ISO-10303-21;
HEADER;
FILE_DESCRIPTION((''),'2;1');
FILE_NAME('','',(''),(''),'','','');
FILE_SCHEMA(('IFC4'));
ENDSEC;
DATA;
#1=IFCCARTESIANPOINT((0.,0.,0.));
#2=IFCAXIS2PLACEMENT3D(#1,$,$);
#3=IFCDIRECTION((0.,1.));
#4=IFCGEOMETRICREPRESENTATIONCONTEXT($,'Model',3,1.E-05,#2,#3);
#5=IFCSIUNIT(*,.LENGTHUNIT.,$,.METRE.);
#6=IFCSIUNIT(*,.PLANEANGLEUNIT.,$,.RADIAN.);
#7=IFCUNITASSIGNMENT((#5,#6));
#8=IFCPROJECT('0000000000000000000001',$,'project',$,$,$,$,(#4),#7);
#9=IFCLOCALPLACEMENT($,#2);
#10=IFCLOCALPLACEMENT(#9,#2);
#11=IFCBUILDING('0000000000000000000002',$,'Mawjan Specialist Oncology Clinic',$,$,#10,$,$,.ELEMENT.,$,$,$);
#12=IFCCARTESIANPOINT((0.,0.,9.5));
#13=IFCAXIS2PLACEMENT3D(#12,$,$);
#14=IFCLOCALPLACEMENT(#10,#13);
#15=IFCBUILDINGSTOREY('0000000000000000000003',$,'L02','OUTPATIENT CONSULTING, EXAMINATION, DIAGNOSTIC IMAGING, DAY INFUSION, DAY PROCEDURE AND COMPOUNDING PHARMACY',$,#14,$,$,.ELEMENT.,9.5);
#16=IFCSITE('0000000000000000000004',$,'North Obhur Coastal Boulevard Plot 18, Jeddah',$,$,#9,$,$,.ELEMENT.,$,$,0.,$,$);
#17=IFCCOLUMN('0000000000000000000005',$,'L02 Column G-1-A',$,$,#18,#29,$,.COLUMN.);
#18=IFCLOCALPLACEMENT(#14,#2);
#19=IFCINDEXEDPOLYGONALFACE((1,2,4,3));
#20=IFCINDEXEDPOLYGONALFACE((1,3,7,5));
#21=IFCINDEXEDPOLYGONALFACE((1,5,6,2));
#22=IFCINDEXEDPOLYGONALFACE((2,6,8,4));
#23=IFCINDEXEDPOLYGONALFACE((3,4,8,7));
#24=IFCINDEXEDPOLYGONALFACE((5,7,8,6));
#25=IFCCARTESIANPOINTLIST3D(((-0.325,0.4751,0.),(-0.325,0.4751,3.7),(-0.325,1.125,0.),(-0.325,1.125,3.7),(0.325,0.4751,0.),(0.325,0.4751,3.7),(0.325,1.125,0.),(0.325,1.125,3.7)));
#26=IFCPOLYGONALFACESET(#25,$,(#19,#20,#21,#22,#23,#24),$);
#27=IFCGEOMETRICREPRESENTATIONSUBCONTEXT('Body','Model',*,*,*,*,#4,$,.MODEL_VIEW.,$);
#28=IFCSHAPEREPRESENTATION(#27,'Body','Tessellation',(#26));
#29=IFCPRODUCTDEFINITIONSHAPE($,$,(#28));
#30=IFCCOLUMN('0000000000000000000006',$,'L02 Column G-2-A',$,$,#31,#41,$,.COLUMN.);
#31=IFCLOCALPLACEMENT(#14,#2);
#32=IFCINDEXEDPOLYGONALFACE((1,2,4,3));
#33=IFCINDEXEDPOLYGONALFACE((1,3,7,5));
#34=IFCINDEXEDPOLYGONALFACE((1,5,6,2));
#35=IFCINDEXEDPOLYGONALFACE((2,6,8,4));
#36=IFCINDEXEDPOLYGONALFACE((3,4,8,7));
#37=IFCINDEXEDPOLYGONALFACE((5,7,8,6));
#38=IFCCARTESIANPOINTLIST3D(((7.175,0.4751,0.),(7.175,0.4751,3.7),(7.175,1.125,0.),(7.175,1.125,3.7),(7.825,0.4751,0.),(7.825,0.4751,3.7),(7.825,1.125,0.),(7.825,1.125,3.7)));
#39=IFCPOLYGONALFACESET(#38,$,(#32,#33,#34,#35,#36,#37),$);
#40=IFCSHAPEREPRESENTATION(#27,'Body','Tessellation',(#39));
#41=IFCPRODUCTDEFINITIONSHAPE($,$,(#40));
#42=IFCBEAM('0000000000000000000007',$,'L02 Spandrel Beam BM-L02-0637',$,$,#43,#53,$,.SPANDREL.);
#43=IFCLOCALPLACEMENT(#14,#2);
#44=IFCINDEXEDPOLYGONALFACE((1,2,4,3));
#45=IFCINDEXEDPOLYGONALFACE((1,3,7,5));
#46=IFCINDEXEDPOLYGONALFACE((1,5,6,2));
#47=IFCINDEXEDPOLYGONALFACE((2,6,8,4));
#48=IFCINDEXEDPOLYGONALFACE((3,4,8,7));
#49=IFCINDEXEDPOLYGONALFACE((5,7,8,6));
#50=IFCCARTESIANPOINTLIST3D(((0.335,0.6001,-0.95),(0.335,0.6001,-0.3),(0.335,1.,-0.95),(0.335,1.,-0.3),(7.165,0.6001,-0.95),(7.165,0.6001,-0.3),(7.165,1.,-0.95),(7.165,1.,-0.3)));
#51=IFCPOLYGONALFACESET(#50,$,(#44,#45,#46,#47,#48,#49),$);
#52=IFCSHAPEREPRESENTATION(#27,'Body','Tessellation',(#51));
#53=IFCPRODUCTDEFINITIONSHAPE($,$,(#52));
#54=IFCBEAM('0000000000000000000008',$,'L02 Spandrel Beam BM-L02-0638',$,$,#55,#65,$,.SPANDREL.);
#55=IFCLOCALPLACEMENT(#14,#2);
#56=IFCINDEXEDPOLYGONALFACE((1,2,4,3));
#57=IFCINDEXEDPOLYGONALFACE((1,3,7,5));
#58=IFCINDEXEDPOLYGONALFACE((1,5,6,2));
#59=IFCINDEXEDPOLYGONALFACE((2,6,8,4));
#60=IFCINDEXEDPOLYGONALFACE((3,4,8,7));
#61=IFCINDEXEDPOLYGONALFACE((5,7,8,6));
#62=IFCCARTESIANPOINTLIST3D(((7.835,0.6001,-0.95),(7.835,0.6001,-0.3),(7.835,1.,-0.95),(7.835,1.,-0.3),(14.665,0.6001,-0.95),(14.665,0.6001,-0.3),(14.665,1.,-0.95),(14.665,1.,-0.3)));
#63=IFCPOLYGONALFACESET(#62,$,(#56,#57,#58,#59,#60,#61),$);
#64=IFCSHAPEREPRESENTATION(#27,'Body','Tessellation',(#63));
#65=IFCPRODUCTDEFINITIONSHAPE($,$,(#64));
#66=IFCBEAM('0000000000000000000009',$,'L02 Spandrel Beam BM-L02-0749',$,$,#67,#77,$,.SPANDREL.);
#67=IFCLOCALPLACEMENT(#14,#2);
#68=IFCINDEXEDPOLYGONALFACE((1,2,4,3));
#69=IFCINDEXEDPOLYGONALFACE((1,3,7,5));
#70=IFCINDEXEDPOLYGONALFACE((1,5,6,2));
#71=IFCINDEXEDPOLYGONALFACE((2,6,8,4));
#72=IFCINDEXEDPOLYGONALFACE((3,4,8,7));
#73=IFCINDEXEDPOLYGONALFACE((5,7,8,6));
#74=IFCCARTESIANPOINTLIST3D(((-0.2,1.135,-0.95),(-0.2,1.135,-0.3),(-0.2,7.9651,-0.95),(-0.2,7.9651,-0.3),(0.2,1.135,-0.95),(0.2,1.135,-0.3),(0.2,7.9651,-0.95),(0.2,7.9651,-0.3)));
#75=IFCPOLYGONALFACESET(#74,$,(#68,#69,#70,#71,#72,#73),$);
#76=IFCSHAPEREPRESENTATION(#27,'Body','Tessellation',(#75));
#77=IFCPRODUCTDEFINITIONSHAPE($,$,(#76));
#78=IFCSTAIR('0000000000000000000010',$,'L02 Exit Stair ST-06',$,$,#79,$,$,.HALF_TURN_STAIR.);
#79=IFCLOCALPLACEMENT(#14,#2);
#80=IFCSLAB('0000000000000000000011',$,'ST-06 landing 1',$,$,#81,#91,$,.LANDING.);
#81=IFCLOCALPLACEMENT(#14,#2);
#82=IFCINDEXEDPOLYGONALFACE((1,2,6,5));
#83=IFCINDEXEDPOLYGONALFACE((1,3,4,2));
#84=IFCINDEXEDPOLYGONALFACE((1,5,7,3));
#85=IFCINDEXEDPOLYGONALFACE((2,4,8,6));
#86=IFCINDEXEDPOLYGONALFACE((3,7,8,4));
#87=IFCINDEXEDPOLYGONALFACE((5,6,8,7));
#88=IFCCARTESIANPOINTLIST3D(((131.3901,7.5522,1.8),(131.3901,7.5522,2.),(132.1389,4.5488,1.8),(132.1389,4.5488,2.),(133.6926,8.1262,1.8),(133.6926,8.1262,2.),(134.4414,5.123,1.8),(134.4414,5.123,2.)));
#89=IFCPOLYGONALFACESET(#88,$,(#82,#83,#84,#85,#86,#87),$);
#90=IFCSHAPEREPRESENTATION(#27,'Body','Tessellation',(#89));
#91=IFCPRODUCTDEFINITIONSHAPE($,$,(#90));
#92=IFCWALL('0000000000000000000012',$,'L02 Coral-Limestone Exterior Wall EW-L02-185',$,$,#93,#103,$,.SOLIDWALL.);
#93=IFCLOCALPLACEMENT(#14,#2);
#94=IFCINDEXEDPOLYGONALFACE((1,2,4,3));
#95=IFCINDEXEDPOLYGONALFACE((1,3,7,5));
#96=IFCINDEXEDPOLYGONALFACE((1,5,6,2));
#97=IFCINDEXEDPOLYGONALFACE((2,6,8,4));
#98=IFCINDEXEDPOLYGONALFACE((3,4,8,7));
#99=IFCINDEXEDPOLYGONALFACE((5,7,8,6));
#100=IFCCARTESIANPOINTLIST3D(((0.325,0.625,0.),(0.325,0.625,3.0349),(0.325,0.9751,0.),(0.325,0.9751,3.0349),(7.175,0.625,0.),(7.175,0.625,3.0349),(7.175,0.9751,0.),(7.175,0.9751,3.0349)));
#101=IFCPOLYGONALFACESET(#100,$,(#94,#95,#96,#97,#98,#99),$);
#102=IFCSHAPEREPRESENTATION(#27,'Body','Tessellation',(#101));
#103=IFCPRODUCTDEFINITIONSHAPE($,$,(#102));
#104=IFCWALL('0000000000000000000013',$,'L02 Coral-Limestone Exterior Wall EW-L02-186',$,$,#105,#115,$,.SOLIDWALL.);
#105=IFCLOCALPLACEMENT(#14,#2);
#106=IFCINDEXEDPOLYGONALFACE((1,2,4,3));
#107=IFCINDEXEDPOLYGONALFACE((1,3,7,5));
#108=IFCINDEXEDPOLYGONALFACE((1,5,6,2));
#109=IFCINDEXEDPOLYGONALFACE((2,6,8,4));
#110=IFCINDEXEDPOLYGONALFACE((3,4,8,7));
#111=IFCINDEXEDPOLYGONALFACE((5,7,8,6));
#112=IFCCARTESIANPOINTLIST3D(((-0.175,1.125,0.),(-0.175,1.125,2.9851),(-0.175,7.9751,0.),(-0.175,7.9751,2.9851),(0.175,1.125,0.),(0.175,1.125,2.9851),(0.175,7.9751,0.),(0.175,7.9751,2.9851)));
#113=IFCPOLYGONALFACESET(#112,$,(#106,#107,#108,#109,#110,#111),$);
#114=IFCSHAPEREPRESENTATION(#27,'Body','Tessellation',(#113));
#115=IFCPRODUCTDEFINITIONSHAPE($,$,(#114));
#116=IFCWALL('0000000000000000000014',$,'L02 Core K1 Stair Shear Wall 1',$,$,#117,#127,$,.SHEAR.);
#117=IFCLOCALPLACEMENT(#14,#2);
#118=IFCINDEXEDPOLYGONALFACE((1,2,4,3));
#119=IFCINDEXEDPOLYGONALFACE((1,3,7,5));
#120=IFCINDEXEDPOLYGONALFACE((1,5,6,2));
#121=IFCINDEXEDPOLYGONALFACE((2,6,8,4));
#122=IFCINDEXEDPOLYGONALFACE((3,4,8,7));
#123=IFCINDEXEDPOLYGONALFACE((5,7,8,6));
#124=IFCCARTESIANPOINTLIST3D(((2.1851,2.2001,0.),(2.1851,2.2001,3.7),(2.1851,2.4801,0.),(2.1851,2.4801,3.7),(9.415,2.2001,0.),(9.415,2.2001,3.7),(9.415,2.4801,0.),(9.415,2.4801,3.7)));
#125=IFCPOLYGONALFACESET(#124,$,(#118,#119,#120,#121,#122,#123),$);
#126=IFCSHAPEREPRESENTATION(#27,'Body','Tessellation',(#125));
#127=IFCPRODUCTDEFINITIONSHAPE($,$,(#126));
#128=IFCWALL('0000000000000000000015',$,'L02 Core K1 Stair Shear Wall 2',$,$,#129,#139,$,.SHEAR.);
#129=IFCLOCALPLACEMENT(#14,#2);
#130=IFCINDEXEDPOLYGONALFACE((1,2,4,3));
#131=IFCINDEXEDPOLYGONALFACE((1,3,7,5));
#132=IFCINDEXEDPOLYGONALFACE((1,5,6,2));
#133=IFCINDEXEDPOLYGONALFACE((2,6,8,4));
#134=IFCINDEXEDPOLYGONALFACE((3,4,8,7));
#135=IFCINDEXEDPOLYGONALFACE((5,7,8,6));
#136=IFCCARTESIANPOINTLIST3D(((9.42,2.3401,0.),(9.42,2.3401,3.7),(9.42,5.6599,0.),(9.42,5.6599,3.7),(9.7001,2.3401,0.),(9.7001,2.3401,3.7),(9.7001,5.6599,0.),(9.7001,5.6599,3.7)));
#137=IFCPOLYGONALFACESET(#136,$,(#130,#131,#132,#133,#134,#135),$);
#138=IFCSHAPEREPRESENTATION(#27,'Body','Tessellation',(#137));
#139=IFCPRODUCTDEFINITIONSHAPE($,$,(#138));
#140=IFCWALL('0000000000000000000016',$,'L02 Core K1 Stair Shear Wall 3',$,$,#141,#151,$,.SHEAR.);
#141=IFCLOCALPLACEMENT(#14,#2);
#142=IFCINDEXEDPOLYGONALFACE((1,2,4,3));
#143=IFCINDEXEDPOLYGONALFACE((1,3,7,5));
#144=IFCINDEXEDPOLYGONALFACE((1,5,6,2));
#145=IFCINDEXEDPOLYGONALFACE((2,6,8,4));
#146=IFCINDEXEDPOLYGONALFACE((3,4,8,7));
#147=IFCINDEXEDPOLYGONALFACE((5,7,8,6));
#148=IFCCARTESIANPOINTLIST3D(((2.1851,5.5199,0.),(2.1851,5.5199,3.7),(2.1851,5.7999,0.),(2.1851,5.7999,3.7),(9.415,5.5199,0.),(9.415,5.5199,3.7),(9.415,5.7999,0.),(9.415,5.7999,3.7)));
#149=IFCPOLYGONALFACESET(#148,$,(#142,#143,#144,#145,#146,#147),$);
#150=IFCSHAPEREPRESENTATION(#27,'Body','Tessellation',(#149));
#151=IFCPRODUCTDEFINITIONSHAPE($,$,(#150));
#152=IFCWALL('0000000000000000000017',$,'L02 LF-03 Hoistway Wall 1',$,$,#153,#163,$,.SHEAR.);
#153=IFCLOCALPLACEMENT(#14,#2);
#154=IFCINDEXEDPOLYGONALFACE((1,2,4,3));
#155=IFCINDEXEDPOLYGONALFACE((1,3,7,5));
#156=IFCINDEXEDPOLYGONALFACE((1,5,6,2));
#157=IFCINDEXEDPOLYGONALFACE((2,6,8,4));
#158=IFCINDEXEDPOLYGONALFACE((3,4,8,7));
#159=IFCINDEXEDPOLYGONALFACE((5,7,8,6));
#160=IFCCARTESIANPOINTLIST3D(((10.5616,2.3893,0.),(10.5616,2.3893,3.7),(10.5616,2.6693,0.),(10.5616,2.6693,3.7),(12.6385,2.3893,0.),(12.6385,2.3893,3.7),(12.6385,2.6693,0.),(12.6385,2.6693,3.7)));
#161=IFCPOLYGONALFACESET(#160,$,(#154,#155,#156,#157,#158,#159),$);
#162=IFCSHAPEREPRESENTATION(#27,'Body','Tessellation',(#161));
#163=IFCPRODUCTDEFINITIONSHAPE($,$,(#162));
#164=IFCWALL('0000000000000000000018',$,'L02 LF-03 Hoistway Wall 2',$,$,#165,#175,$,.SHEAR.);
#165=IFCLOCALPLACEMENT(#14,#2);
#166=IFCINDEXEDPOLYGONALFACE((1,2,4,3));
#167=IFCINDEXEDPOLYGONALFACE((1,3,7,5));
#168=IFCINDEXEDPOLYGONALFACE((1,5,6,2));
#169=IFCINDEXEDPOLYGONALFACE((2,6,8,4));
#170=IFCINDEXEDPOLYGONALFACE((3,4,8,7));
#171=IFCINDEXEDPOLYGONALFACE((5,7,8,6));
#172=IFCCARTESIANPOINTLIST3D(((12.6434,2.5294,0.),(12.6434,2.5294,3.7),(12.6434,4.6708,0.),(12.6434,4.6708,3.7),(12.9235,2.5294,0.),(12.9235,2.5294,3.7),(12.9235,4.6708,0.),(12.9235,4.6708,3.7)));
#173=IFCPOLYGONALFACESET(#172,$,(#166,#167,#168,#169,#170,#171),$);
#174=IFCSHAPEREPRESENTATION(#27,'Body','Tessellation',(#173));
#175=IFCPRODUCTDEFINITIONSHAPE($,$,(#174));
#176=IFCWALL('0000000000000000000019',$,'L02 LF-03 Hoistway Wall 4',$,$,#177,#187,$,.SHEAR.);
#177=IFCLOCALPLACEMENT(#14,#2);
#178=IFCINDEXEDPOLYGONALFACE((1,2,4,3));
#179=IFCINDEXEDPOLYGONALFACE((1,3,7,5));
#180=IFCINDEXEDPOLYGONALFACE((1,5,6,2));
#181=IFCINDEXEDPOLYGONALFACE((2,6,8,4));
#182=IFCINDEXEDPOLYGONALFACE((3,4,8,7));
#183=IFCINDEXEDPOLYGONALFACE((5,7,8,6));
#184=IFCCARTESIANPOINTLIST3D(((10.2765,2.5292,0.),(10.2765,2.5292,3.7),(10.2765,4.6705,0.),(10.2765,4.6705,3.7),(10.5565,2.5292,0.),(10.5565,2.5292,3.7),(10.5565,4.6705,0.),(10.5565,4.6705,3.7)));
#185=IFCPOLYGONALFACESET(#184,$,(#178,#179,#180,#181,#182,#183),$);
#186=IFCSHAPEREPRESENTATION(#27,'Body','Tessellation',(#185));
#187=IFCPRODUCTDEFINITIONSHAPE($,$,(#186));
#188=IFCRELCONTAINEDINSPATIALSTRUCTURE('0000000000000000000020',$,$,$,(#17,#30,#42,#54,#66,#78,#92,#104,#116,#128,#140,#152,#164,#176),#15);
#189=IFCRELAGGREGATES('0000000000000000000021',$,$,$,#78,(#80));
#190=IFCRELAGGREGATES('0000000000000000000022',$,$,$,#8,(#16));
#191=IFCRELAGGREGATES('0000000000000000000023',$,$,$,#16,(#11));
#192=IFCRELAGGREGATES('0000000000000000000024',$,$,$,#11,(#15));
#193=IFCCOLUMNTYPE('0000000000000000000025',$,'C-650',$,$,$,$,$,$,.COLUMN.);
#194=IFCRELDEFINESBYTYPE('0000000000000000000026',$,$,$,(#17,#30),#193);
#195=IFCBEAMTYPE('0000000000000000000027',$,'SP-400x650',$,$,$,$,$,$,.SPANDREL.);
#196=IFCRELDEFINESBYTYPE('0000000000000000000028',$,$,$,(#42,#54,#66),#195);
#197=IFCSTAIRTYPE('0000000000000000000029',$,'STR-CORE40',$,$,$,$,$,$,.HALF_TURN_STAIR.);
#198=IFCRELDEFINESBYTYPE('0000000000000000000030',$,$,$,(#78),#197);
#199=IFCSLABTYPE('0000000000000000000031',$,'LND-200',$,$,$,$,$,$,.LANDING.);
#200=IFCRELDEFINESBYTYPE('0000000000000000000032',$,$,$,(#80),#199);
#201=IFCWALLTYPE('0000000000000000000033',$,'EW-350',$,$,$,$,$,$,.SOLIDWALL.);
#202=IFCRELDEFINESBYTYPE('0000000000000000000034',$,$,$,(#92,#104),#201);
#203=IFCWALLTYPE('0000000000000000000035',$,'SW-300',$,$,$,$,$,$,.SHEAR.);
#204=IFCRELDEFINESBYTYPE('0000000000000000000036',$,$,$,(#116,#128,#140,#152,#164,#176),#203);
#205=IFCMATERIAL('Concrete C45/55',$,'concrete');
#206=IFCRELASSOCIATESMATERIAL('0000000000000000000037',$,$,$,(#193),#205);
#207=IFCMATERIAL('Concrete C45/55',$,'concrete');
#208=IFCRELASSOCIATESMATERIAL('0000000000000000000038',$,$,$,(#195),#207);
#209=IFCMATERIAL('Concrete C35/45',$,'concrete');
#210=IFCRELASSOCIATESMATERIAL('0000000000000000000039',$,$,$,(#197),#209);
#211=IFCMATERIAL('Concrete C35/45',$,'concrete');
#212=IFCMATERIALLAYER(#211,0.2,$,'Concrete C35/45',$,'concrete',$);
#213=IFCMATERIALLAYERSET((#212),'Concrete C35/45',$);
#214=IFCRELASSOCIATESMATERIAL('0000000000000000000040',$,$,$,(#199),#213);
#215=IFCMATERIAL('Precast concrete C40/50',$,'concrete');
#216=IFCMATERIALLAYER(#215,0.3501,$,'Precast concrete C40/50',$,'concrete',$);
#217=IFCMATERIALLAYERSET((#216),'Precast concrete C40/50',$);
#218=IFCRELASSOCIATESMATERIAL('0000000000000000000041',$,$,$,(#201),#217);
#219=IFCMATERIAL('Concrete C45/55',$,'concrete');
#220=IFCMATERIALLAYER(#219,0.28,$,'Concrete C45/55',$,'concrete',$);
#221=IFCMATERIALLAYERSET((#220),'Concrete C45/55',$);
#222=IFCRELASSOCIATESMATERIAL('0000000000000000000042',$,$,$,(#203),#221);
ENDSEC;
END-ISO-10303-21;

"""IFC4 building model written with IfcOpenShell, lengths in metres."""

from ifc_helpers import new_model, si_unit, direction, frame, frame_2d, origin, origin_2d, place, context, subcontext, project, spatial, polyline, rectangle, outline, extrude, material, layer, layer_set, material_profile, profile_set, type_object, element, aggregate, save


model = new_model("IFC4")

# Units and contexts
model_context = context("Model", 3, precision=1e-05, world=origin(), true_north=direction((0.0, 1.0)))
body_context = subcontext(model_context, "Body", "Model", "MODEL_VIEW")
ifc_project = project(units=[si_unit("LENGTHUNIT", "METRE"), si_unit("PLANEANGLEUNIT", "RADIAN")], contexts=[model_context])

# Site, building, storey
site_placement = place(None, origin())
site = spatial("IfcSite", under=ifc_project, at=site_placement, Name="North Obhur Coastal Boulevard Plot 18, Jeddah", CompositionType="ELEMENT", RefElevation=0.0)
building_placement = place(site_placement, origin())
building = spatial("IfcBuilding", under=site, at=building_placement, Name="Mawjan Specialist Oncology Clinic", CompositionType="ELEMENT")
storey_placement = place(building_placement, frame((0.0, 0.0, 9.5)))
storey = spatial("IfcBuildingStorey", under=building, at=storey_placement, Name="L02", Description="OUTPATIENT CONSULTING, EXAMINATION, DIAGNOSTIC IMAGING, DAY INFUSION, DAY PROCEDURE AND COMPOUNDING PHARMACY", CompositionType="ELEMENT", Elevation=9.5)

# Columns
ifc_material_1 = material(Name="Concrete C45/55", Category="concrete")
ifc_material_profile_1 = material_profile(ifc_material_1, rectangle(XDim=0.6499, YDim=0.6499, at=origin_2d()), Name="RC COL 650x650", Category="concrete")
ifc_profile_set_1 = profile_set([ifc_material_profile_1], Name="Concrete C45/55")
column_type = type_object("IfcColumnType", Name="C-650", PredefinedType="COLUMN", material=ifc_profile_set_1)
for number, where, z_axis, x_axis, name in (
    (1, (0.0, 0.8, 0.0), (0.0, 0.0, 1.0), (1.0, 0.0, 0.0), "L02 Column G-1-A"),
    (2, (7.5, 0.8, 0.0), (0.0, 0.0, 1.0), (1.0, 0.0, 0.0), "L02 Column G-2-A"),
):
    element("IfcColumn", number, at=place(storey_placement, frame(where, z_axis=z_axis, x_axis=x_axis)), inside=storey, type_object=column_type, Name=name, PredefinedType="COLUMN", context=body_context, shape_type="SweptSolid", body=[
        extrude(rectangle(XDim=0.6499, YDim=0.6499, at=origin_2d()), origin(), (0.0, 0.0, 1.0), 3.7),
    ])

# Beams
ifc_material_2 = material(Name="Concrete C45/55", Category="concrete")
ifc_material_profile_2 = material_profile(ifc_material_2, rectangle(XDim=0.3999, YDim=0.6499, at=origin_2d()), Name="RC BM 400x650", Category="concrete")
ifc_profile_set_2 = profile_set([ifc_material_profile_2], Name="Concrete C45/55")
beam_type = type_object("IfcBeamType", Name="SP-400x650", PredefinedType="SPANDREL", material=ifc_profile_set_2)
for number, where, z_axis, x_axis, name in (
    (3, (0.335, 0.8, -0.625), (1.0, 0.0, 0.0), (0.0, 1.0, 0.0), "L02 Spandrel Beam BM-L02-0637"),
    (4, (7.835, 0.8, -0.625), (1.0, 0.0, 0.0), (0.0, 1.0, 0.0), "L02 Spandrel Beam BM-L02-0638"),
    (5, (0.0, 1.135, -0.625), (0.0, 1.0, 0.0), (-1.0, 0.0, 0.0), "L02 Spandrel Beam BM-L02-0749"),
):
    element("IfcBeam", number, at=place(storey_placement, frame(where, z_axis=z_axis, x_axis=x_axis)), inside=storey, type_object=beam_type, Name=name, PredefinedType="SPANDREL", context=body_context, shape_type="SweptSolid", body=[
        extrude(rectangle(XDim=0.3999, YDim=0.6499, at=origin_2d()), origin(), (0.0, 0.0, 1.0), 6.8301),
    ])

# Stair, slab
ifc_material_3 = material(Name="Concrete C35/45", Category="concrete")
stair_type = type_object("IfcStairType", Name="STR-CORE40", PredefinedType="HALF_TURN_STAIR", material=ifc_material_3)
stair_1_placement = place(storey_placement, origin())
stair_1 = element("IfcStair", 6, at=stair_1_placement, inside=storey, type_object=stair_type, Name="L02 Exit Stair ST-06", PredefinedType="HALF_TURN_STAIR")
ifc_material_4 = material(Name="Concrete C35/45", Category="concrete")
ifc_layer_1 = layer(ifc_material_4, 0.2, Name="Concrete C35/45", Category="concrete")
ifc_layer_set_1 = layer_set([ifc_layer_1], Name="Concrete C35/45")
slab_type = type_object("IfcSlabType", Name="LND-200", PredefinedType="LANDING", material=ifc_layer_set_1)
slab_placement = place(storey_placement, frame((0.0, 0.0, 1.8)))
slab = element("IfcSlab", 7, at=slab_placement, type_object=slab_type, Name="ST-06 landing 1", PredefinedType="LANDING", context=body_context, shape_type="SweptSolid", body=[
    extrude(outline(polyline([(132.1389, 4.5488), (134.4414, 5.123), (133.6926, 8.1262), (131.3901, 7.5522), (132.1389, 4.5488)])), origin(), (0.0, 0.0, 1.0), 0.2),
])
aggregate(stair_1, [slab])

# Walls
ifc_material_5 = material(Name="Precast concrete C40/50", Category="concrete")
ifc_layer_2 = layer(ifc_material_5, 0.3501, Name="Precast concrete C40/50", Category="concrete")
ifc_layer_set_2 = layer_set([ifc_layer_2], Name="Precast concrete C40/50")
wall_type_1 = type_object("IfcWallType", Name="EW-350", PredefinedType="SOLIDWALL", material=ifc_layer_set_2)
wall_1_placement = place(storey_placement, frame((7.175, 0.8, 0.0), z_axis=(0.0, 0.0, 1.0), x_axis=(-1.0, 0.0, 0.0)))
element("IfcWall", 8, at=wall_1_placement, inside=storey, type_object=wall_type_1, Name="L02 Coral-Limestone Exterior Wall EW-L02-185", PredefinedType="SOLIDWALL", context=body_context, shape_type="SweptSolid", body=[
    extrude(rectangle(XDim=6.8501, YDim=0.3501, at=frame_2d((3.425, 0.0))), origin(), (0.0, 0.0, 1.0), 3.0349),
])
wall_2_placement = place(storey_placement, frame((0.0, 1.125, 0.0), z_axis=(0.0, 0.0, 1.0), x_axis=(0.0, 1.0, 0.0)))
element("IfcWall", 9, at=wall_2_placement, inside=storey, type_object=wall_type_1, Name="L02 Coral-Limestone Exterior Wall EW-L02-186", PredefinedType="SOLIDWALL", context=body_context, shape_type="SweptSolid", body=[
    extrude(rectangle(XDim=6.8501, YDim=0.3501, at=frame_2d((3.425, 0.0))), origin(), (0.0, 0.0, 1.0), 2.9851),
])
ifc_material_6 = material(Name="Concrete C45/55", Category="concrete")
ifc_layer_3 = layer(ifc_material_6, 0.28, Name="Concrete C45/55", Category="concrete")
ifc_layer_set_3 = layer_set([ifc_layer_3], Name="Concrete C45/55")
wall_type_2 = type_object("IfcWallType", Name="SW-300", PredefinedType="SHEAR", material=ifc_layer_set_3)
wall_3_placement = place(storey_placement, frame((2.1851, 2.3401, 0.0), z_axis=(0.0, 0.0, 1.0), x_axis=(1.0, 0.0, 0.0)))
element("IfcWall", 10, at=wall_3_placement, inside=storey, type_object=wall_type_2, Name="L02 Core K1 Stair Shear Wall 1", PredefinedType="SHEAR", context=body_context, shape_type="SweptSolid", body=[
    extrude(rectangle(XDim=7.23, YDim=0.28, at=frame_2d((3.615, 0.0))), origin(), (0.0, 0.0, 1.0), 3.7),
])
wall_4_placement = place(storey_placement, frame((9.5601, 2.3401, 0.0), z_axis=(0.0, 0.0, 1.0), x_axis=(0.0, 1.0, 0.0)))
element("IfcWall", 11, at=wall_4_placement, inside=storey, type_object=wall_type_2, Name="L02 Core K1 Stair Shear Wall 2", PredefinedType="SHEAR", context=body_context, shape_type="SweptSolid", body=[
    extrude(rectangle(XDim=3.3198, YDim=0.28, at=frame_2d((1.6599, 0.0))), origin(), (0.0, 0.0, 1.0), 3.7),
])
wall_5_placement = place(storey_placement, frame((9.415, 5.6599, 0.0), z_axis=(0.0, 0.0, 1.0), x_axis=(-1.0, 0.0, 0.0)))
element("IfcWall", 12, at=wall_5_placement, inside=storey, type_object=wall_type_2, Name="L02 Core K1 Stair Shear Wall 3", PredefinedType="SHEAR", context=body_context, shape_type="SweptSolid", body=[
    extrude(rectangle(XDim=7.23, YDim=0.28, at=frame_2d((3.615, 0.0))), origin(), (0.0, 0.0, 1.0), 3.7),
])

# Walls
wall_6_placement = place(storey_placement, frame((10.5615, 2.5293, 0.0), z_axis=(0.0, 0.0, 1.0), x_axis=(1.0, 0.0, 0.0)))
element("IfcWall", 13, at=wall_6_placement, inside=storey, type_object=wall_type_2, Name="L02 LF-03 Hoistway Wall 1", PredefinedType="SHEAR", context=body_context, shape_type="SweptSolid", body=[
    extrude(rectangle(XDim=2.0769, YDim=0.28, at=frame_2d((1.0386, 0.0))), origin(), (0.0, 0.0, 1.0), 3.7),
])
wall_7_placement = place(storey_placement, frame((12.7834, 2.5293, 0.0), z_axis=(0.0, 0.0, 1.0), x_axis=(0.0, 1.0, 0.0)))
element("IfcWall", 14, at=wall_7_placement, inside=storey, type_object=wall_type_2, Name="L02 LF-03 Hoistway Wall 2", PredefinedType="SHEAR", context=body_context, shape_type="SweptSolid", body=[
    extrude(rectangle(XDim=2.1414, YDim=0.28, at=frame_2d((1.0708, 0.0))), origin(), (0.0, 0.0, 1.0), 3.7),
])

# Wall
wall_8_placement = place(storey_placement, frame((10.4165, 4.6707, 0.0), z_axis=(0.0, 0.0, 1.0), x_axis=(0.0, -1.0, 0.0)))
element("IfcWall", 15, at=wall_8_placement, inside=storey, type_object=wall_type_2, Name="L02 LF-03 Hoistway Wall 4", PredefinedType="SHEAR", context=body_context, shape_type="SweptSolid", body=[
    extrude(rectangle(XDim=2.1414, YDim=0.28, at=frame_2d((1.0708, 0.0))), origin(), (0.0, 0.0, 1.0), 3.7),
])

save(model, "model.ifc")
